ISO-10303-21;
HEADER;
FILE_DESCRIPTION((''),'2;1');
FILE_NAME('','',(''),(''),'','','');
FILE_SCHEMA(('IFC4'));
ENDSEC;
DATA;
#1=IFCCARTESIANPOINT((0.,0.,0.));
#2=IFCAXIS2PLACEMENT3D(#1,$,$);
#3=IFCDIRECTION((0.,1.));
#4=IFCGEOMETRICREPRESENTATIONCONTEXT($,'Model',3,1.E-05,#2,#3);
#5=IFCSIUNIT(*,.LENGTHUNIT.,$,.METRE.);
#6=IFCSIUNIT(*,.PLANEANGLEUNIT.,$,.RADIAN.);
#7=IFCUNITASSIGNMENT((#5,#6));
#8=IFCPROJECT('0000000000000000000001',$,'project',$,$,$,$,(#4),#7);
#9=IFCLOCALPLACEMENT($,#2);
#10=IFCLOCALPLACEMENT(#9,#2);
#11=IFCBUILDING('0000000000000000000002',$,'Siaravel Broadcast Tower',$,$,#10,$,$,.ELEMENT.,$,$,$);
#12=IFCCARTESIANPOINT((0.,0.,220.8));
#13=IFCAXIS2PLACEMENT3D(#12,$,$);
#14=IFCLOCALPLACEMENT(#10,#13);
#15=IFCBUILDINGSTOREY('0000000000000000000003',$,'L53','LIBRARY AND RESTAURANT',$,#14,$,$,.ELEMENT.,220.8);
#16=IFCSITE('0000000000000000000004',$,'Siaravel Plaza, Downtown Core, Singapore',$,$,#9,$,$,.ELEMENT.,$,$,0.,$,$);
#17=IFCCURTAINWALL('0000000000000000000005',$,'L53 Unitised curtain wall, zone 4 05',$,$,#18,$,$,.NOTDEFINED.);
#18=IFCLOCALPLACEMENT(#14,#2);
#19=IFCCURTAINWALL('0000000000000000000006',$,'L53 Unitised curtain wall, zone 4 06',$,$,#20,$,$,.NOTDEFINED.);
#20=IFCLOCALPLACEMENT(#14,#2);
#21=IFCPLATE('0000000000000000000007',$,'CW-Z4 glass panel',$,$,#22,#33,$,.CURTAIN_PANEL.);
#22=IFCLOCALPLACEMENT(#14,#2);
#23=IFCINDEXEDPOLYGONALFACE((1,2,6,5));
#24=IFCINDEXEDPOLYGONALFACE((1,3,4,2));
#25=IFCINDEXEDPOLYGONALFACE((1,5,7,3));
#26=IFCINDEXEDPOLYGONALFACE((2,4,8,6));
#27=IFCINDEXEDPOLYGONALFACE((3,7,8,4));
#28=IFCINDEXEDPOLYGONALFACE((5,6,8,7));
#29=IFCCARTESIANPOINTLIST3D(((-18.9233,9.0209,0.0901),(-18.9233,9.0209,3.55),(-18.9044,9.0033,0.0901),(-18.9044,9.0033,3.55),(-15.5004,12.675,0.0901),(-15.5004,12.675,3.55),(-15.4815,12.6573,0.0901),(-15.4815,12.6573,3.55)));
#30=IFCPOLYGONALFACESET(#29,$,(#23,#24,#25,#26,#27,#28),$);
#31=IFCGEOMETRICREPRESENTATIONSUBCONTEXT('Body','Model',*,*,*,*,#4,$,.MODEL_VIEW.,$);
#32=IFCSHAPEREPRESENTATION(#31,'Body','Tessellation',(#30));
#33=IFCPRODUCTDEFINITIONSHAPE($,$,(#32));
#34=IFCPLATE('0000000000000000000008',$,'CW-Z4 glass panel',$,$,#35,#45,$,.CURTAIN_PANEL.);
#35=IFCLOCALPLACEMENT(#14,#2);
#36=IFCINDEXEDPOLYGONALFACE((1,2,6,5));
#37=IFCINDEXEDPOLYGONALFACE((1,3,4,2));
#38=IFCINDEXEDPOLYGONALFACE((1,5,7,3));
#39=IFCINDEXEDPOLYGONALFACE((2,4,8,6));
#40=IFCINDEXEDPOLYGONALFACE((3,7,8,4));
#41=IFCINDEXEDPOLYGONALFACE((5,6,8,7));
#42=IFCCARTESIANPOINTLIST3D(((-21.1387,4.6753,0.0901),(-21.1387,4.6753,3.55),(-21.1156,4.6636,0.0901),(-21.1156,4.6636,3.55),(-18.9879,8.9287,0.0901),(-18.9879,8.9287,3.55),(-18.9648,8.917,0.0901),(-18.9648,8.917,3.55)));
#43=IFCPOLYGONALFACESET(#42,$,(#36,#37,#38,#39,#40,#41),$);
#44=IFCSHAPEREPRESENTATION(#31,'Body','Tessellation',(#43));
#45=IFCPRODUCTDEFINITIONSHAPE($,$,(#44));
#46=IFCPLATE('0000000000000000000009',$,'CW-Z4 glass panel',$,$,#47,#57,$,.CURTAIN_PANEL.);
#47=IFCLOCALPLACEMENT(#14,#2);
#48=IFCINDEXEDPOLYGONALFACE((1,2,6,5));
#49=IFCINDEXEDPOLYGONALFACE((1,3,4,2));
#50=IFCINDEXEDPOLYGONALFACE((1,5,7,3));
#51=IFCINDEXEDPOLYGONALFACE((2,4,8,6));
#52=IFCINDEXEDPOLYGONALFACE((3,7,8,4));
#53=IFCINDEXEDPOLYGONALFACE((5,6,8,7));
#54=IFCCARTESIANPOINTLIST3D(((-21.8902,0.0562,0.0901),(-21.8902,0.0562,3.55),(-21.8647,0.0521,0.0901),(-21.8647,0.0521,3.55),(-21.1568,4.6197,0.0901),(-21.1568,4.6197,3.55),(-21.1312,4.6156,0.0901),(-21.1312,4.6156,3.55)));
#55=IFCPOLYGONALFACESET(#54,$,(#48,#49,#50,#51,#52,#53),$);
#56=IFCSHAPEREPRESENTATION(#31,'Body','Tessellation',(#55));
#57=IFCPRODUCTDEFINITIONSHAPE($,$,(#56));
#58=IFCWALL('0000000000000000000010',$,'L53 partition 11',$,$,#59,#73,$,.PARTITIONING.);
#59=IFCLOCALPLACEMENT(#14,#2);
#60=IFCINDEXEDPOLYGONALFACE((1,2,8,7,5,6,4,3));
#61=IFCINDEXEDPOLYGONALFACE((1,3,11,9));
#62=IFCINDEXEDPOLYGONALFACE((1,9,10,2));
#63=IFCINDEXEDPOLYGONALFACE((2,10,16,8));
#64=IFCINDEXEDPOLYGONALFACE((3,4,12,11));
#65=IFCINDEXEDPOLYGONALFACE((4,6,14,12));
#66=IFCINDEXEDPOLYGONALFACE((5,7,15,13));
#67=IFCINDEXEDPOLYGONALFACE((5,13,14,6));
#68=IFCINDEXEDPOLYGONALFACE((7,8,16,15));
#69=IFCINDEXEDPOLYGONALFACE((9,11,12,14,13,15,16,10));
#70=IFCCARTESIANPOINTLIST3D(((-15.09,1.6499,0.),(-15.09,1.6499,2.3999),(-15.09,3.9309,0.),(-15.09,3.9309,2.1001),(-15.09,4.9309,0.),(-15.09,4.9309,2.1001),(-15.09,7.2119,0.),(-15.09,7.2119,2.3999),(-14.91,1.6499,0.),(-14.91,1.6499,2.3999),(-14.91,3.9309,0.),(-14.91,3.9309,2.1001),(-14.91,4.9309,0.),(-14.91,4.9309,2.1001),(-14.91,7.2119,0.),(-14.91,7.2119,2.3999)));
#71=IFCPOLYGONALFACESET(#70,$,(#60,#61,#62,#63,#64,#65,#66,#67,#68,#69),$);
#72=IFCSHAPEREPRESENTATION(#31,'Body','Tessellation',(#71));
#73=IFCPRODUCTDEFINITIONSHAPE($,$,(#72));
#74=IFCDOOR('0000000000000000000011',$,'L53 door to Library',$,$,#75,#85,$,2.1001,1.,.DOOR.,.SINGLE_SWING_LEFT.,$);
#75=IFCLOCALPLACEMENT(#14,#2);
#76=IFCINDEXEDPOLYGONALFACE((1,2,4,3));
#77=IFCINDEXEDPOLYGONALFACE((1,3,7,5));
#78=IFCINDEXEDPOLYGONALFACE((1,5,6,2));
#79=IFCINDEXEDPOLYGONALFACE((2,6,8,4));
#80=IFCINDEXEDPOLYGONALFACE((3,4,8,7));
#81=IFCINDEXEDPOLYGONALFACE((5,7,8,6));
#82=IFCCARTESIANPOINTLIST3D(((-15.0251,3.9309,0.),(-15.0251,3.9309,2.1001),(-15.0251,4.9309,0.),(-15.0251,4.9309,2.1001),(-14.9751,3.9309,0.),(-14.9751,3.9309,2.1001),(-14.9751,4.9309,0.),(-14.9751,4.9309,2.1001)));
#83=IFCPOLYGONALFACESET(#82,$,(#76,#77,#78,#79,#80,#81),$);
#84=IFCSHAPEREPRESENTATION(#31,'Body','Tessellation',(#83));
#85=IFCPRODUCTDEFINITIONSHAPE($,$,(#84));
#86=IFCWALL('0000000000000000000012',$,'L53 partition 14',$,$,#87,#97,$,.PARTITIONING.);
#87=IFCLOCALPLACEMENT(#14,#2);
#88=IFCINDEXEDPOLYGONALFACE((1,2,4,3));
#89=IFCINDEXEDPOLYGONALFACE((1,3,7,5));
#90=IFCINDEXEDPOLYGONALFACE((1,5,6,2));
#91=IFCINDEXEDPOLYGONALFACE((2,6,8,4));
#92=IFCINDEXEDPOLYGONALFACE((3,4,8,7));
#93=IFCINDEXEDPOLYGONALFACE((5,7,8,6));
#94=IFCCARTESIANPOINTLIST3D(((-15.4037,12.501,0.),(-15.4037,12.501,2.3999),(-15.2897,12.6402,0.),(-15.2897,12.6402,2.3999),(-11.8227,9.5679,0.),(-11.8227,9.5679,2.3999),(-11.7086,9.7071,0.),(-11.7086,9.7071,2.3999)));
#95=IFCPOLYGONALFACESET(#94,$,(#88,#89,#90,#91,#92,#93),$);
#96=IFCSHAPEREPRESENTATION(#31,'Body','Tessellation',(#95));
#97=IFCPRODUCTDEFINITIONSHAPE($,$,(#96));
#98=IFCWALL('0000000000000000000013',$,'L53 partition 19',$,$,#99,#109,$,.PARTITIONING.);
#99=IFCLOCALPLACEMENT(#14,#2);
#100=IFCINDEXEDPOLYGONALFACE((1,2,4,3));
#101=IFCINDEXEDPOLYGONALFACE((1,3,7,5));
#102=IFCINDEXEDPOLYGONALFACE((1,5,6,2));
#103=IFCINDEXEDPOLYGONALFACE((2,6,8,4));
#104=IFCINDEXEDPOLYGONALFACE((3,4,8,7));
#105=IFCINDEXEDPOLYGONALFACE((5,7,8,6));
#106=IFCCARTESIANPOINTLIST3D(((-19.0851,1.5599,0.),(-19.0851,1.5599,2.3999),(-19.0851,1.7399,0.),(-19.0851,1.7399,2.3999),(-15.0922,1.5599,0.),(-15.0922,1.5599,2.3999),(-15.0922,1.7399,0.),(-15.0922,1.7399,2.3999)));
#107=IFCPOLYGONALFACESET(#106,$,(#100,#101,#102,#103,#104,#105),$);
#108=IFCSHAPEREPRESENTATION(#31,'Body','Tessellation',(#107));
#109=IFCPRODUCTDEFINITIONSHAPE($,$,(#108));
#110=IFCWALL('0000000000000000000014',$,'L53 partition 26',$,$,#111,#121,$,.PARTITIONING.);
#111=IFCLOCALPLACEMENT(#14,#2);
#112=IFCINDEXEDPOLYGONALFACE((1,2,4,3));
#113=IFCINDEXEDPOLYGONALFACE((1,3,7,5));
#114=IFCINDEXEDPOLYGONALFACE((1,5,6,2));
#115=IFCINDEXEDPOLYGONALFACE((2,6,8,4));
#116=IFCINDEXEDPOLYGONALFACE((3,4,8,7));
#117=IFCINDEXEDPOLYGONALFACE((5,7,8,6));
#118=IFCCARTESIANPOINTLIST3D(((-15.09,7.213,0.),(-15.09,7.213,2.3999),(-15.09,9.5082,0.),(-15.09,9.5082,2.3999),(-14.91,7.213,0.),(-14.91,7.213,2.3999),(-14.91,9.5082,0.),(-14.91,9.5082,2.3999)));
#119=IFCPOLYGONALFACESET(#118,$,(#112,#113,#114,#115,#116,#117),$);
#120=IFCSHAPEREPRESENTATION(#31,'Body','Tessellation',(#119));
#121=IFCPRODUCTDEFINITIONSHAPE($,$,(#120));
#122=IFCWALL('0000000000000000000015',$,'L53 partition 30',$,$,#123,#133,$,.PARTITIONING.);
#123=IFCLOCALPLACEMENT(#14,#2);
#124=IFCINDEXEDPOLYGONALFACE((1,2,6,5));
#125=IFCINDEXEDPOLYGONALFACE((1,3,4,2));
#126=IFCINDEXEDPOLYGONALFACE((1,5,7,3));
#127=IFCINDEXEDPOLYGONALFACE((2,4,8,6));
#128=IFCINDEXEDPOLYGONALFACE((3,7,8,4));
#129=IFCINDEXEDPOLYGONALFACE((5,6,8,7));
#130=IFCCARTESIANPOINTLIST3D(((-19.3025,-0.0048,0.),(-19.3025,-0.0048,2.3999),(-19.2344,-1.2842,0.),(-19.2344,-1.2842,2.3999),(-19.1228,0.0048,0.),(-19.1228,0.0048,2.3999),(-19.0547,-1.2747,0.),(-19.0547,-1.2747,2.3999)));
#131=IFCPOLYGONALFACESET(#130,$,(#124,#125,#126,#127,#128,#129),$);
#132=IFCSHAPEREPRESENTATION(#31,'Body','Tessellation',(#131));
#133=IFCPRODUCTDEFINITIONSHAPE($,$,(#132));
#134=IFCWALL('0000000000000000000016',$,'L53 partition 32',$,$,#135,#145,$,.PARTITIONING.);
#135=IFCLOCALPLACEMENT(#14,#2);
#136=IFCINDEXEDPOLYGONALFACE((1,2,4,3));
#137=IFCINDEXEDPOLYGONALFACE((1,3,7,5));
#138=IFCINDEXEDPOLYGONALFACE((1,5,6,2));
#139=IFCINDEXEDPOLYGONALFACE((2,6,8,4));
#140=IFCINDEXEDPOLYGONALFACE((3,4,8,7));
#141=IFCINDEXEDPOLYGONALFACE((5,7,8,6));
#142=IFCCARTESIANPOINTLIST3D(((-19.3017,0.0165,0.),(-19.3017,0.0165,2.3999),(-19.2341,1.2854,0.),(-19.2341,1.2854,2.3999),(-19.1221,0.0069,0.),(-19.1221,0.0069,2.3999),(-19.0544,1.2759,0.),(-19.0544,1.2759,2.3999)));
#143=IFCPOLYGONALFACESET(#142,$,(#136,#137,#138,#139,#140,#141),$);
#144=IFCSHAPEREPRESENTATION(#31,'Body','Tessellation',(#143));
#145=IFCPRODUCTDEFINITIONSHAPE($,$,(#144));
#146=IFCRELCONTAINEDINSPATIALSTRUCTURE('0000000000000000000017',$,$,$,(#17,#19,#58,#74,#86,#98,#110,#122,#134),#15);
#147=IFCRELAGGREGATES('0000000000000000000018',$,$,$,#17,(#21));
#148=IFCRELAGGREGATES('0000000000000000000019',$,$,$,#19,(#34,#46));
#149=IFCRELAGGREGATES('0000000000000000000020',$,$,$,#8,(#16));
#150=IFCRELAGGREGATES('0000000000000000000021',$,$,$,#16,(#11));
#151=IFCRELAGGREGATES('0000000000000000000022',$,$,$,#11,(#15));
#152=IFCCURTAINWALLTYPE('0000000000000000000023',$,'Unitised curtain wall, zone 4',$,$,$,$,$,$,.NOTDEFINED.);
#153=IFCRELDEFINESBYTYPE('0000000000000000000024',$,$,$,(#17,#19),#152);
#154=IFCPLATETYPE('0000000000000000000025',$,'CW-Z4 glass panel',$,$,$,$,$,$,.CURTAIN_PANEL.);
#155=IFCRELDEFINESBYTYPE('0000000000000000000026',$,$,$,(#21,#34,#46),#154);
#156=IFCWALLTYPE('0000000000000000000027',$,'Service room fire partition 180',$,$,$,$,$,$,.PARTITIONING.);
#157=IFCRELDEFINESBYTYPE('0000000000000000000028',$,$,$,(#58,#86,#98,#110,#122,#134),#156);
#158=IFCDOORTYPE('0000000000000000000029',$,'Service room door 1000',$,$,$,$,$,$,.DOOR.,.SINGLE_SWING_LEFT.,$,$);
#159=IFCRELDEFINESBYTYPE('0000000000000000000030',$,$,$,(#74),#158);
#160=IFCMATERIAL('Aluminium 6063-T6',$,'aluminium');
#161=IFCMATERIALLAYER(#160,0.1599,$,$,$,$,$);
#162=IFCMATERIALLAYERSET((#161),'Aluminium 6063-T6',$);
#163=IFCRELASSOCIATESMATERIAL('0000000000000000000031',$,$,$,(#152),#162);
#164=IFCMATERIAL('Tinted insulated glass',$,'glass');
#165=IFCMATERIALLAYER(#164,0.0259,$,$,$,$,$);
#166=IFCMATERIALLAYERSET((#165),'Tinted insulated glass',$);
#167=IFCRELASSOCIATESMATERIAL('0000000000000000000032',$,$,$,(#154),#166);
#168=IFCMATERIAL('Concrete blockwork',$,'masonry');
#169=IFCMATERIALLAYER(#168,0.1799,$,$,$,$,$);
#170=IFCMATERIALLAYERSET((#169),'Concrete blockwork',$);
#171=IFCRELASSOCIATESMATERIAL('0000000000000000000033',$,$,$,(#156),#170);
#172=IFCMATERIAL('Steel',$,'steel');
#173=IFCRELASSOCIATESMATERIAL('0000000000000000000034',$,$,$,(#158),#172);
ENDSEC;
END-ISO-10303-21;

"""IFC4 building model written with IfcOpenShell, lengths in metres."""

from ifc_helpers import new_model, si_unit, direction, frame, frame_2d, origin, origin_2d, place, context, subcontext, project, spatial, rectangle, extrude, material, layer, layer_set, type_object, element, fill, aggregate, save


model = new_model("IFC4")

# Units and contexts
model_context = context("Model", 3, precision=1e-05, world=origin(), true_north=direction((0.0, 1.0)))
body_context = subcontext(model_context, "Body", "Model", "MODEL_VIEW")
ifc_project = project(units=[si_unit("LENGTHUNIT", "METRE"), si_unit("PLANEANGLEUNIT", "RADIAN")], contexts=[model_context])

# Site, building, storey
site_placement = place(None, origin())
site = spatial("IfcSite", under=ifc_project, at=site_placement, Name="Siaravel Plaza, Downtown Core, Singapore", CompositionType="ELEMENT", RefElevation=0.0)
building_placement = place(site_placement, origin())
building = spatial("IfcBuilding", under=site, at=building_placement, Name="Siaravel Broadcast Tower", CompositionType="ELEMENT")
storey_placement = place(building_placement, frame((0.0, 0.0, 220.8)))
storey = spatial("IfcBuildingStorey", under=building, at=storey_placement, Name="L53", Description="LIBRARY AND RESTAURANT", CompositionType="ELEMENT", Elevation=220.8)

# Curtain walls
ifc_material_1 = material(Name="Aluminium 6063-T6", Category="aluminium")
ifc_layer_1 = layer(ifc_material_1, 0.1599)
ifc_layer_set_1 = layer_set([ifc_layer_1], Name="Aluminium 6063-T6")
curtain_wall_type = type_object("IfcCurtainWallType", Name="Unitised curtain wall, zone 4", PredefinedType="NOTDEFINED", material=ifc_layer_set_1)
curtain_wall_1_placement = place(storey_placement, origin())
curtain_wall_1 = element("IfcCurtainWall", 1, at=curtain_wall_1_placement, inside=storey, type_object=curtain_wall_type, Name="L53 Unitised curtain wall, zone 4 05", PredefinedType="NOTDEFINED")
curtain_wall_2_placement = place(storey_placement, origin())
curtain_wall_2 = element("IfcCurtainWall", 2, at=curtain_wall_2_placement, inside=storey, type_object=curtain_wall_type, Name="L53 Unitised curtain wall, zone 4 06", PredefinedType="NOTDEFINED")

# Plates
ifc_material_2 = material(Name="Tinted insulated glass", Category="glass")
ifc_layer_2 = layer(ifc_material_2, 0.0259)
ifc_layer_set_2 = layer_set([ifc_layer_2], Name="Tinted insulated glass")
plate_type = type_object("IfcPlateType", Name="CW-Z4 glass panel", PredefinedType="CURTAIN_PANEL", material=ifc_layer_set_2)
plate_1_placement = place(storey_placement, frame((-17.2024, 10.8391, 0.0901), z_axis=(0.0, 0.0, 1.0), x_axis=(-0.683654, -0.729806, 0.0)))
plate_1 = element("IfcPlate", 3, at=plate_1_placement, type_object=plate_type, Name="CW-Z4 glass panel", PredefinedType="CURTAIN_PANEL", context=body_context, shape_type="SweptSolid", body=[
    extrude(rectangle(XDim=5.0068, YDim=0.0259, at=origin_2d()), origin(), (0.0, 0.0, 1.0), 3.46),
])
aggregate(curtain_wall_1, [plate_1])
plate_2_placement = place(storey_placement, frame((-20.0518, 6.7961, 0.0901), z_axis=(0.0, 0.0, 1.0), x_axis=(-0.45126, -0.892393, 0.0)))
plate_2 = element("IfcPlate", 4, at=plate_2_placement, type_object=plate_type, Name="CW-Z4 glass panel", PredefinedType="CURTAIN_PANEL", context=body_context, shape_type="SweptSolid", body=[
    extrude(rectangle(XDim=4.7664, YDim=0.0259, at=origin_2d()), origin(), (0.0, 0.0, 1.0), 3.46),
])
plate_3_placement = place(storey_placement, frame((-21.5107, 2.3359, 0.0901), z_axis=(0.0, 0.0, 1.0), x_axis=(-0.158685, -0.987329, 0.0)))
plate_3 = element("IfcPlate", 5, at=plate_3_placement, type_object=plate_type, Name="CW-Z4 glass panel", PredefinedType="CURTAIN_PANEL", context=body_context, shape_type="SweptSolid", body=[
    extrude(rectangle(XDim=4.6221, YDim=0.0259, at=origin_2d()), origin(), (0.0, 0.0, 1.0), 3.46),
])
aggregate(curtain_wall_2, [plate_2, plate_3])

# Wall, opening, door
ifc_material_3 = material(Name="Concrete blockwork", Category="masonry")
ifc_layer_3 = layer(ifc_material_3, 0.1799)
ifc_layer_set_3 = layer_set([ifc_layer_3], Name="Concrete blockwork")
wall_type = type_object("IfcWallType", Name="Service room fire partition 180", PredefinedType="PARTITIONING", material=ifc_layer_set_3)
wall_1_placement = place(storey_placement, frame((-15.0, 7.2119, 0.0), z_axis=(0.0, 0.0, 1.0), x_axis=(0.0, -1.0, 0.0)))
wall_1 = element("IfcWall", 6, at=wall_1_placement, inside=storey, type_object=wall_type, Name="L53 partition 11", PredefinedType="PARTITIONING", context=body_context, shape_type="SweptSolid", body=[
    extrude(rectangle(XDim=5.562, YDim=0.1799, at=frame_2d((2.781, 0.0))), origin(), (0.0, 0.0, 1.0), 2.3999),
])
opening_placement = place(wall_1_placement, frame((2.281, 0.0, 0.0)))
opening = element("IfcOpeningElement", 7, at=opening_placement, cuts=wall_1, PredefinedType="OPENING", context=body_context, shape_type="SweptSolid", body=[
    extrude(rectangle(XDim=1.0, YDim=2.1001, at=frame_2d((0.5, 1.05))), frame((0.0, 0.0999, 0.0), z_axis=(0.0, -1.0, 0.0), x_axis=(1.0, 0.0, 0.0)), (0.0, 0.0, 1.0), 0.2),
])
ifc_material_4 = material(Name="Steel", Category="steel")
door_type = type_object("IfcDoorType", Name="Service room door 1000", OperationType="SINGLE_SWING_LEFT", PredefinedType="DOOR", material=ifc_material_4)
door_placement = place(opening_placement, origin())
door = element("IfcDoor", 8, at=door_placement, inside=storey, type_object=door_type, Name="L53 door to Library", OperationType="SINGLE_SWING_LEFT", OverallHeight=2.1001, OverallWidth=1.0, PredefinedType="DOOR", context=body_context, shape_type="SweptSolid", body=[
    extrude(rectangle(XDim=1.0, YDim=2.1001, at=frame_2d((0.5, 1.05))), frame((0.0, 0.0249, 0.0), z_axis=(0.0, -1.0, 0.0), x_axis=(1.0, 0.0, 0.0)), (0.0, 0.0, 1.0), 0.05),
])
fill(opening, door)

# Walls
wall_2_placement = place(storey_placement, frame((-15.3467, 12.5706, 0.0), z_axis=(0.0, 0.0, 1.0), x_axis=(0.773624, -0.633646, 0.0)))
element("IfcWall", 9, at=wall_2_placement, inside=storey, type_object=wall_type, Name="L53 partition 14", PredefinedType="PARTITIONING", context=body_context, shape_type="SweptSolid", body=[
    extrude(rectangle(XDim=4.6289, YDim=0.1799, at=frame_2d((2.3145, 0.0))), origin(), (0.0, 0.0, 1.0), 2.3999),
])
wall_3_placement = place(storey_placement, frame((-15.092, 1.6499, 0.0), z_axis=(0.0, 0.0, 1.0), x_axis=(-1.0, 0.0, 0.0)))
element("IfcWall", 10, at=wall_3_placement, inside=storey, type_object=wall_type, Name="L53 partition 19", PredefinedType="PARTITIONING", context=body_context, shape_type="SweptSolid", body=[
    extrude(rectangle(XDim=3.9929, YDim=0.1799, at=frame_2d((1.9966, 0.0))), origin(), (0.0, 0.0, 1.0), 2.3999),
])
wall_4_placement = place(storey_placement, frame((-15.0, 9.5081, 0.0), z_axis=(0.0, 0.0, 1.0), x_axis=(0.0, -1.0, 0.0)))
element("IfcWall", 11, at=wall_4_placement, inside=storey, type_object=wall_type, Name="L53 partition 26", PredefinedType="PARTITIONING", context=body_context, shape_type="SweptSolid", body=[
    extrude(rectangle(XDim=2.2952, YDim=0.1799, at=frame_2d((1.1475, 0.0))), origin(), (0.0, 0.0, 1.0), 2.3999),
])
wall_5_placement = place(storey_placement, frame((-19.2126, 0.0, 0.0), z_axis=(0.0, 0.0, 1.0), x_axis=(0.053159, -0.998586, 0.0)))
element("IfcWall", 12, at=wall_5_placement, inside=storey, type_object=wall_type, Name="L53 partition 30", PredefinedType="PARTITIONING", context=body_context, shape_type="SweptSolid", body=[
    extrude(rectangle(XDim=1.2812, YDim=0.1799, at=frame_2d((0.6406, 0.0))), origin(), (0.0, 0.0, 1.0), 2.3999),
])
wall_6_placement = place(storey_placement, frame((-19.1443, 1.2805, 0.0), z_axis=(0.0, 0.0, 1.0), x_axis=(-0.053214, -0.998583, 0.0)))
element("IfcWall", 13, at=wall_6_placement, inside=storey, type_object=wall_type, Name="L53 partition 32", PredefinedType="PARTITIONING", context=body_context, shape_type="SweptSolid", body=[
    extrude(rectangle(XDim=1.2708, YDim=0.1799, at=frame_2d((0.6353, 0.0))), origin(), (0.0, 0.0, 1.0), 2.3999),
])

save(model, "model.ifc")
